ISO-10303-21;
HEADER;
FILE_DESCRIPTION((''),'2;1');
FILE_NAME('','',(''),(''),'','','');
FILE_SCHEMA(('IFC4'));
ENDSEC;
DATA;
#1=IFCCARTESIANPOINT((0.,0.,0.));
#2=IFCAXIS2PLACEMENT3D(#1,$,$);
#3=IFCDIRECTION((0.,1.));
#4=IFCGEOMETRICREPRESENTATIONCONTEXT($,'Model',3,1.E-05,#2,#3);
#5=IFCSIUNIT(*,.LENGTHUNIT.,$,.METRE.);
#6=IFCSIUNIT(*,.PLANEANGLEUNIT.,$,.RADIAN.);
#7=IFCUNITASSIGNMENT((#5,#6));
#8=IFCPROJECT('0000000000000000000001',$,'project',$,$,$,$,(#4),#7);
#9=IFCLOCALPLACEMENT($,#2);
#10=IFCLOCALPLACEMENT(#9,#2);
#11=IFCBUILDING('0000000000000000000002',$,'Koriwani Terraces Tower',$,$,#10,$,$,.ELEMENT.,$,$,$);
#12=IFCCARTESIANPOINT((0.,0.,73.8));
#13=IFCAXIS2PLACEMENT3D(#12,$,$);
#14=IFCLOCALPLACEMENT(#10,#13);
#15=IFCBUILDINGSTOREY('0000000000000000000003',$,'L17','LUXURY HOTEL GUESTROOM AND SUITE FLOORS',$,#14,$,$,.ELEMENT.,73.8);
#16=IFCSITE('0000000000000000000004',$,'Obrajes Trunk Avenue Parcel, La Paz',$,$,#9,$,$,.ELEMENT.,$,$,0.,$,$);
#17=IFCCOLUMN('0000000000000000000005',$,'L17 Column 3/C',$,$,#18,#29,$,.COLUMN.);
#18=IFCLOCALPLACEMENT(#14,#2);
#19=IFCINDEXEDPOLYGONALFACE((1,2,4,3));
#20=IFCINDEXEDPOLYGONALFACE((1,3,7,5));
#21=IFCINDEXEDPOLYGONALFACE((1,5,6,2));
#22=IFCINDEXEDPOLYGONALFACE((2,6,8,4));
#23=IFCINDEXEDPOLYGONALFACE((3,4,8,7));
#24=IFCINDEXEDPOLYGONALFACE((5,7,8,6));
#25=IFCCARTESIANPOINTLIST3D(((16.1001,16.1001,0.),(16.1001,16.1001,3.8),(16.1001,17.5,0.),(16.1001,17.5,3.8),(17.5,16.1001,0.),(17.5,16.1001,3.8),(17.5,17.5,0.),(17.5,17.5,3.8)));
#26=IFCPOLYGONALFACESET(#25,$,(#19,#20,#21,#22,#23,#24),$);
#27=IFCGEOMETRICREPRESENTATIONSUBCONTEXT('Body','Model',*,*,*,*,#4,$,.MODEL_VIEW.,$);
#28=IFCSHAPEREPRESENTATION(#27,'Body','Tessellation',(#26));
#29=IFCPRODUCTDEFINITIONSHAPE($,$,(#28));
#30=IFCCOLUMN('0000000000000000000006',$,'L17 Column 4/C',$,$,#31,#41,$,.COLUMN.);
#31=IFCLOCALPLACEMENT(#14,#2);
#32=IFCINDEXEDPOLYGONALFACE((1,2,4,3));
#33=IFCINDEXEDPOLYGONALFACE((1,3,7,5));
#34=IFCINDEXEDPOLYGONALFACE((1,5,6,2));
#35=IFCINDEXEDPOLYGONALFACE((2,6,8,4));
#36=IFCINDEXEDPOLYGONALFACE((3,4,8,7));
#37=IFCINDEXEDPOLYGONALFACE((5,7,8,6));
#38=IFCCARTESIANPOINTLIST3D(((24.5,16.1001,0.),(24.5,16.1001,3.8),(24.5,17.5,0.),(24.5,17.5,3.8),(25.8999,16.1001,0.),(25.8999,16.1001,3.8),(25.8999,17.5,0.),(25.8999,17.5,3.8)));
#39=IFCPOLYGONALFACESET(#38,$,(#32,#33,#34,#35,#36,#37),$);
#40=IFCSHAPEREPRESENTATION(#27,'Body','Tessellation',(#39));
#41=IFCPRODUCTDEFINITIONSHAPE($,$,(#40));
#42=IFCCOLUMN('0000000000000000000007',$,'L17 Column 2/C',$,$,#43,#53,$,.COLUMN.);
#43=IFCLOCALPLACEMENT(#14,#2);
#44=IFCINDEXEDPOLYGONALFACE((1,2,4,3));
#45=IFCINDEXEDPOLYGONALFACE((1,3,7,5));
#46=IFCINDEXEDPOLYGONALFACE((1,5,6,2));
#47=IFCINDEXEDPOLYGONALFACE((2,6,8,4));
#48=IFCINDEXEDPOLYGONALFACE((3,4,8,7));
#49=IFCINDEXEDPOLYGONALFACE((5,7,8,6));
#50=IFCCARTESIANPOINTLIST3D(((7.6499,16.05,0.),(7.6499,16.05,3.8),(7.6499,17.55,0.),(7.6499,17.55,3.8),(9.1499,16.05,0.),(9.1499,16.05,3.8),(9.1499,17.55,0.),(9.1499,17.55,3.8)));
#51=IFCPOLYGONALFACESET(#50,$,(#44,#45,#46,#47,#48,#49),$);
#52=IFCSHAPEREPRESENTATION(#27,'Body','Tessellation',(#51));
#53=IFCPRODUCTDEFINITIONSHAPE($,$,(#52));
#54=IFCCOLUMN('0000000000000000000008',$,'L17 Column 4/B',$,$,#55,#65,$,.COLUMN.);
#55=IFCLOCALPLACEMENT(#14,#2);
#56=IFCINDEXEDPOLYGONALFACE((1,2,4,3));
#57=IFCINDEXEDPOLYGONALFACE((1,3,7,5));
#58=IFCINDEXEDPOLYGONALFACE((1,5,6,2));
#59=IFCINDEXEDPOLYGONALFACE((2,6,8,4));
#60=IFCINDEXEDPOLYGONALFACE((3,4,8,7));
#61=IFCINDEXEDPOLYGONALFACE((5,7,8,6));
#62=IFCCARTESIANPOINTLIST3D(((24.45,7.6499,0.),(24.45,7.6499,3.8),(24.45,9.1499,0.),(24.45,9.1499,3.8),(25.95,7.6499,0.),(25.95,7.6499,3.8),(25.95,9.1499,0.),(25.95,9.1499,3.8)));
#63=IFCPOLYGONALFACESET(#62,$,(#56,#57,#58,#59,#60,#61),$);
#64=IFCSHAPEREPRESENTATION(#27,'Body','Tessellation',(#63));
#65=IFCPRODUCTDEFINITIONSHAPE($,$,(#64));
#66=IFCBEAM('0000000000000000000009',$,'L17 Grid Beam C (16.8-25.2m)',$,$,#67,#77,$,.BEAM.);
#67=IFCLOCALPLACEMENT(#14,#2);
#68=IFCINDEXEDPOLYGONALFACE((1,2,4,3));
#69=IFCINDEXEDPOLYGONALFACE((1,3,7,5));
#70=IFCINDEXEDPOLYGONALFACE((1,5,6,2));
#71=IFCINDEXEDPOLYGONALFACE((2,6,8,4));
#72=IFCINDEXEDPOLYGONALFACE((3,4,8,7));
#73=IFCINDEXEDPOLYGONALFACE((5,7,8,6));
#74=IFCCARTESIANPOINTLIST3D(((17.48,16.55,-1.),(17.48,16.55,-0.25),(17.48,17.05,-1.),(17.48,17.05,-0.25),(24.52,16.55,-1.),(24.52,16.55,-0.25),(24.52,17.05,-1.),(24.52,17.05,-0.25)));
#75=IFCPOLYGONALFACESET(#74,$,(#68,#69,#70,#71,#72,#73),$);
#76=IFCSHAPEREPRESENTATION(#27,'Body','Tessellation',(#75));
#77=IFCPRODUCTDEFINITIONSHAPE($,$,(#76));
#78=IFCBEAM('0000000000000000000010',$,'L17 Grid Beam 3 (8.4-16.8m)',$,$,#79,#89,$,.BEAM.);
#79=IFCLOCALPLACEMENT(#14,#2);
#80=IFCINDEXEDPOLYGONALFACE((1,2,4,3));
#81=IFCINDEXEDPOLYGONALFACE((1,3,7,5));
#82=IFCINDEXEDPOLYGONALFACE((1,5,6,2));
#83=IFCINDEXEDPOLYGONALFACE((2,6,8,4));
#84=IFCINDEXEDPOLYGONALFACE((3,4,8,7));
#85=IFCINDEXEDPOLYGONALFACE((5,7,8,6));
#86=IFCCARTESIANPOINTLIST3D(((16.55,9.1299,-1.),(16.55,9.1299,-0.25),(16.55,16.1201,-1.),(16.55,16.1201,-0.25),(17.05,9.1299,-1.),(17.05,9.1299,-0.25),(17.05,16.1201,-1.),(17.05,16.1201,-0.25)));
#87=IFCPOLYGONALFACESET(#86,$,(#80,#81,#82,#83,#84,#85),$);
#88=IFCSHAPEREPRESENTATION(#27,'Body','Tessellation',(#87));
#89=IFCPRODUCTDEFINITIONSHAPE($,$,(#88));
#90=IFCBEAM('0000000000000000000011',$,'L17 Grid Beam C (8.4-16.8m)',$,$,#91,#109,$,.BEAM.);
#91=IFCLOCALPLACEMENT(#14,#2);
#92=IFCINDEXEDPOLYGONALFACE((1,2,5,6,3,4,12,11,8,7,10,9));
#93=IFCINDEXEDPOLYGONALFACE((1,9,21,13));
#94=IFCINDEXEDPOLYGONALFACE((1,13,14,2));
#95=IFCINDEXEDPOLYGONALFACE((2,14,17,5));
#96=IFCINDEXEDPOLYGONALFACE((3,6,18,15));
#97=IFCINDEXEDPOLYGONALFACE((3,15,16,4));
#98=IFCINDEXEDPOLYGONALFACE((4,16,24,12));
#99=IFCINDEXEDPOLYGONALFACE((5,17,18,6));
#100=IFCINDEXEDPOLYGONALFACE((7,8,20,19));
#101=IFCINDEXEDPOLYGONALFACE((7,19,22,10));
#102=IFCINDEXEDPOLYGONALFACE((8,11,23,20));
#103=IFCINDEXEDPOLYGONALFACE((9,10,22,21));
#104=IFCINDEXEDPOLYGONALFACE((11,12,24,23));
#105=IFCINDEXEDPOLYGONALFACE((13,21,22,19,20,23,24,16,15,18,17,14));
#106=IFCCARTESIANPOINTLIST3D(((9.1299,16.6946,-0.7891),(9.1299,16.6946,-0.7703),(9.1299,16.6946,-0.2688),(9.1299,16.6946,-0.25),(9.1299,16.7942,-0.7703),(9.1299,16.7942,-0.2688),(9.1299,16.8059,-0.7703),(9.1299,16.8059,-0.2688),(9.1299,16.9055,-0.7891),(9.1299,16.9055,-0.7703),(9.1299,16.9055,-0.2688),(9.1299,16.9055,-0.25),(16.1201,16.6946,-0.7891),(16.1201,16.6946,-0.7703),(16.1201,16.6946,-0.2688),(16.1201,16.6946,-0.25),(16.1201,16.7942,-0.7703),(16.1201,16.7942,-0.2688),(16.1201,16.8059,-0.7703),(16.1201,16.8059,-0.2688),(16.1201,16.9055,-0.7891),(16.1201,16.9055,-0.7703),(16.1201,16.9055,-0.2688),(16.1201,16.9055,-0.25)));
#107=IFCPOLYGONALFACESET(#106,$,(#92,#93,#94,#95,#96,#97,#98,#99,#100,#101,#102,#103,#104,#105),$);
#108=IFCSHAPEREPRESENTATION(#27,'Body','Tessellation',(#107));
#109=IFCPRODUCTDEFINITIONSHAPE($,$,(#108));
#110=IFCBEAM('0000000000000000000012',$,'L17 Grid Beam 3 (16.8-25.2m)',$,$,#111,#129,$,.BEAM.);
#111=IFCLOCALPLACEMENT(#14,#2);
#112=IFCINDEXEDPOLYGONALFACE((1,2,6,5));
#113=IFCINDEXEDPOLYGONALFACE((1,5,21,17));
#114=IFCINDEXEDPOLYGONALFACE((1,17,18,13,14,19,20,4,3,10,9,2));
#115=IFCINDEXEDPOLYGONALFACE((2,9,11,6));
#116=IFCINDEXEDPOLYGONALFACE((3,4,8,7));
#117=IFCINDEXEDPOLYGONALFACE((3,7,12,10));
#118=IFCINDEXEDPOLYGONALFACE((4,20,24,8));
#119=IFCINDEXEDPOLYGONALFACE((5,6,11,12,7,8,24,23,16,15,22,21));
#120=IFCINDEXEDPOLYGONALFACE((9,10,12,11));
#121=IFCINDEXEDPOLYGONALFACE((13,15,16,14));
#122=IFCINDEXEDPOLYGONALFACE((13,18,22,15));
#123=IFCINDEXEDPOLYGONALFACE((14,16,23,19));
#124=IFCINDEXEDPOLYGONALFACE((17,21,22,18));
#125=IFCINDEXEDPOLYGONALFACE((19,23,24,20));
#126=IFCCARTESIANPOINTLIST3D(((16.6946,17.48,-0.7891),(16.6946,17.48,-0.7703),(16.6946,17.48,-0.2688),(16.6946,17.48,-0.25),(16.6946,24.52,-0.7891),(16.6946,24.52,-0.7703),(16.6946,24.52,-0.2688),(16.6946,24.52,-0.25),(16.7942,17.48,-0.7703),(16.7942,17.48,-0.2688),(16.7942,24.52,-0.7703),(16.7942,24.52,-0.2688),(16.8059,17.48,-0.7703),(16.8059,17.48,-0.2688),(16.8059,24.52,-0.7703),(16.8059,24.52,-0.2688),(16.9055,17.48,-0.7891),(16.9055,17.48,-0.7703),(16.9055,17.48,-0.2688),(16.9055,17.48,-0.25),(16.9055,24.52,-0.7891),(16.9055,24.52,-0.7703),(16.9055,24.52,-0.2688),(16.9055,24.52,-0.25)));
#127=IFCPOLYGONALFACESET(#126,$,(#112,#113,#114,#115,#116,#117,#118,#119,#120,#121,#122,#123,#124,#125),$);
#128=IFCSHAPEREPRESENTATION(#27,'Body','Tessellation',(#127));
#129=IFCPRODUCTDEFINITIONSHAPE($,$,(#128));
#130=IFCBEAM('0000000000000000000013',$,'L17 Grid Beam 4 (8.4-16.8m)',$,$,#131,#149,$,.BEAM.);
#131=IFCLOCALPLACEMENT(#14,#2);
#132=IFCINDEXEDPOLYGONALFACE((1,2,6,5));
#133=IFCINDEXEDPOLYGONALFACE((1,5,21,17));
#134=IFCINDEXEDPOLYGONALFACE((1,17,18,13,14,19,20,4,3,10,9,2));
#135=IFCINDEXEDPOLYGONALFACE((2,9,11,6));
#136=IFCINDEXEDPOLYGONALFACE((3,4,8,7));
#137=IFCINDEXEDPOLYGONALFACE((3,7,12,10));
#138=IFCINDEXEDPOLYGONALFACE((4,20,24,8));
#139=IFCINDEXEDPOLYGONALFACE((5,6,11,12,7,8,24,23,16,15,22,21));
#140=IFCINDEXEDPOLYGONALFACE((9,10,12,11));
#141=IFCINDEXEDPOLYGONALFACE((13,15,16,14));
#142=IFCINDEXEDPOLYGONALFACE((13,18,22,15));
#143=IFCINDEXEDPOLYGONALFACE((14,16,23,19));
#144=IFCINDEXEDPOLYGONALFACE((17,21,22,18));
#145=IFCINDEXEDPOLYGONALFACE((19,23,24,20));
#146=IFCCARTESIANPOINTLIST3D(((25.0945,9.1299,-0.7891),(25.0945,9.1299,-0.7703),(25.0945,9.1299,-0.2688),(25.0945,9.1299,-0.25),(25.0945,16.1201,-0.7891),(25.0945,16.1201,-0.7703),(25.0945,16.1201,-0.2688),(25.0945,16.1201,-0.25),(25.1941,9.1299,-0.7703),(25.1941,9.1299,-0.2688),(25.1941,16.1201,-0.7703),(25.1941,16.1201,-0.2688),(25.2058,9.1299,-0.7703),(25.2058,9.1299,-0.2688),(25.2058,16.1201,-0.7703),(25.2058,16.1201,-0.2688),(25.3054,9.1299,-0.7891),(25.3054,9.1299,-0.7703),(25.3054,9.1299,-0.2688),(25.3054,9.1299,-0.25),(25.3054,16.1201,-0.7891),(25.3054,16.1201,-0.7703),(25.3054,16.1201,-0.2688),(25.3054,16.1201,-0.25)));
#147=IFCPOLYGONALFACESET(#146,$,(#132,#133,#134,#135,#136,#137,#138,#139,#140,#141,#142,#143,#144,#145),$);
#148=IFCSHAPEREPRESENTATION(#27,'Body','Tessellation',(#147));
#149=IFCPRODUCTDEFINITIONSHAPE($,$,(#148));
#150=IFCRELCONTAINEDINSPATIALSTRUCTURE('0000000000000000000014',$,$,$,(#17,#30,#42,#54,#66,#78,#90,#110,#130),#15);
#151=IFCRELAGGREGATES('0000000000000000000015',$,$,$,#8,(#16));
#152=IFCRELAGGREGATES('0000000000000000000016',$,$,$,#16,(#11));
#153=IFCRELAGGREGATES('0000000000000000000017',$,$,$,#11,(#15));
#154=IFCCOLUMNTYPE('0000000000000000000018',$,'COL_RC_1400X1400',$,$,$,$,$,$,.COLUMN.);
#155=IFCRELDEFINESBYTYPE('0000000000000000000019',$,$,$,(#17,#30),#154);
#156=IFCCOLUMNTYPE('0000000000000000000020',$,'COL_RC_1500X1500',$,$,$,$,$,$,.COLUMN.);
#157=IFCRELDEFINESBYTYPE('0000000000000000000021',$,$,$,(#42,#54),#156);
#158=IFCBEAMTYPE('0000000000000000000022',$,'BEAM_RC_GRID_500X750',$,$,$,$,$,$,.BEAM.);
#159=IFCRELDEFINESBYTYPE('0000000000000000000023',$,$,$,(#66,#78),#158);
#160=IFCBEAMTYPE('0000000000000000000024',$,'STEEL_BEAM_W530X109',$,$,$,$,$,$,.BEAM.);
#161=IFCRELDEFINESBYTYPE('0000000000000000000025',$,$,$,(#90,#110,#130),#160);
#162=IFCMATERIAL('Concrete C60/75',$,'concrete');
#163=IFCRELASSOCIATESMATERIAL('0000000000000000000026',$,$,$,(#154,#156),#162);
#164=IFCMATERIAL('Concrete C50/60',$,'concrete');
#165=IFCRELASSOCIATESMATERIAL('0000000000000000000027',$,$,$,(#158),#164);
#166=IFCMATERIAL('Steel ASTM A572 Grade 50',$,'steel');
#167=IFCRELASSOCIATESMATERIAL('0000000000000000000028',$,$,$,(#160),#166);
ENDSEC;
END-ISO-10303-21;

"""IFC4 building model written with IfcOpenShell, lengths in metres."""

from ifc_helpers import new_model, si_unit, direction, frame, origin, origin_2d, place, context, subcontext, project, spatial, rectangle, i_section, extrude, material, material_profile, profile_set, type_object, element, save


model = new_model("IFC4")

# Units and contexts
model_context = context("Model", 3, precision=1e-05, world=origin(), true_north=direction((0.0, 1.0)))
body_context = subcontext(model_context, "Body", "Model", "MODEL_VIEW")
ifc_project = project(units=[si_unit("LENGTHUNIT", "METRE"), si_unit("PLANEANGLEUNIT", "RADIAN")], contexts=[model_context])

# Site, building, storey
site_placement = place(None, origin())
site = spatial("IfcSite", under=ifc_project, at=site_placement, Name="Obrajes Trunk Avenue Parcel, La Paz", CompositionType="ELEMENT", RefElevation=0.0)
building_placement = place(site_placement, origin())
building = spatial("IfcBuilding", under=site, at=building_placement, Name="Koriwani Terraces Tower", CompositionType="ELEMENT")
storey_placement = place(building_placement, frame((0.0, 0.0, 73.8)))
storey = spatial("IfcBuildingStorey", under=building, at=storey_placement, Name="L17", Description="LUXURY HOTEL GUESTROOM AND SUITE FLOORS", CompositionType="ELEMENT", Elevation=73.8)

# Columns
ifc_material_1 = material(Name="Concrete C60/75", Category="concrete")
ifc_material_profile_1 = material_profile(ifc_material_1, rectangle(XDim=1.3999, YDim=1.3999, at=origin_2d()), Name="Concrete C60/75", Category="LoadBearing")
ifc_profile_set_1 = profile_set([ifc_material_profile_1], Name="Concrete C60/75")
column_type_1 = type_object("IfcColumnType", Name="COL_RC_1400X1400", PredefinedType="COLUMN", material=ifc_profile_set_1)
for number, where, z_axis, x_axis, name in (
    (1, (16.8, 16.8, 0.0), (0.0, 0.0, 1.0), (1.0, 0.0, 0.0), "L17 Column 3/C"),
    (2, (25.2, 16.8, 0.0), (0.0, 0.0, 1.0), (1.0, 0.0, 0.0), "L17 Column 4/C"),
):
    element("IfcColumn", number, at=place(storey_placement, frame(where, z_axis=z_axis, x_axis=x_axis)), inside=storey, type_object=column_type_1, Name=name, PredefinedType="COLUMN", context=body_context, shape_type="SweptSolid", body=[
        extrude(rectangle(XDim=1.3999, YDim=1.3999, at=origin_2d()), origin(), (0.0, 0.0, 1.0), 3.8),
    ])
ifc_material_profile_2 = material_profile(ifc_material_1, rectangle(XDim=1.5, YDim=1.5, at=origin_2d()), Name="Concrete C60/75", Category="LoadBearing")
ifc_profile_set_2 = profile_set([ifc_material_profile_2], Name="Concrete C60/75")
column_type_2 = type_object("IfcColumnType", Name="COL_RC_1500X1500", PredefinedType="COLUMN", material=ifc_profile_set_2)
for number, where, z_axis, x_axis, name in (
    (3, (8.3999, 16.8, 0.0), (0.0, 0.0, 1.0), (1.0, 0.0, 0.0), "L17 Column 2/C"),
    (4, (25.2, 8.3999, 0.0), (0.0, 0.0, 1.0), (1.0, 0.0, 0.0), "L17 Column 4/B"),
):
    element("IfcColumn", number, at=place(storey_placement, frame(where, z_axis=z_axis, x_axis=x_axis)), inside=storey, type_object=column_type_2, Name=name, PredefinedType="COLUMN", context=body_context, shape_type="SweptSolid", body=[
        extrude(rectangle(XDim=1.5, YDim=1.5, at=origin_2d()), origin(), (0.0, 0.0, 1.0), 3.8),
    ])

# Beams
ifc_material_2 = material(Name="Concrete C50/60", Category="concrete")
ifc_material_profile_3 = material_profile(ifc_material_2, rectangle(XDim=0.5, YDim=0.75, at=origin_2d()), Name="Concrete C50/60", Category="LoadBearing")
ifc_profile_set_3 = profile_set([ifc_material_profile_3], Name="Concrete C50/60")
beam_type_1 = type_object("IfcBeamType", Name="BEAM_RC_GRID_500X750", PredefinedType="BEAM", material=ifc_profile_set_3)
beam_1_placement = place(storey_placement, frame((17.48, 16.8, -0.625), z_axis=(1.0, 0.0, 0.0), x_axis=(0.0, 1.0, 0.0)))
element("IfcBeam", 5, at=beam_1_placement, inside=storey, type_object=beam_type_1, Name="L17 Grid Beam C (16.8-25.2m)", PredefinedType="BEAM", context=body_context, shape_type="SweptSolid", body=[
    extrude(rectangle(XDim=0.5, YDim=0.75, at=origin_2d()), origin(), (0.0, 0.0, 1.0), 7.04),
])
beam_2_placement = place(storey_placement, frame((16.8, 9.1299, -0.625), z_axis=(0.0, 1.0, 0.0), x_axis=(-1.0, 0.0, 0.0)))
element("IfcBeam", 6, at=beam_2_placement, inside=storey, type_object=beam_type_1, Name="L17 Grid Beam 3 (8.4-16.8m)", PredefinedType="BEAM", context=body_context, shape_type="SweptSolid", body=[
    extrude(rectangle(XDim=0.5, YDim=0.75, at=origin_2d()), origin(), (0.0, 0.0, 1.0), 6.9902),
])
ifc_material_3 = material(Name="Steel ASTM A572 Grade 50", Category="steel")
ifc_material_profile_4 = material_profile(ifc_material_3, i_section(OverallWidth=0.2109, OverallDepth=0.5391, WebThickness=0.0117, FlangeThickness=0.0188, at=origin_2d()), Name="Steel ASTM A572 Grade 50", Category="LoadBearing")
ifc_profile_set_4 = profile_set([ifc_material_profile_4], Name="Steel ASTM A572 Grade 50")
beam_type_2 = type_object("IfcBeamType", Name="STEEL_BEAM_W530X109", PredefinedType="BEAM", material=ifc_profile_set_4)
beam_3_placement = place(storey_placement, frame((9.1299, 16.8, -0.5195), z_axis=(1.0, 0.0, 0.0), x_axis=(0.0, 1.0, 0.0)))
element("IfcBeam", 7, at=beam_3_placement, inside=storey, type_object=beam_type_2, Name="L17 Grid Beam C (8.4-16.8m)", PredefinedType="BEAM", context=body_context, shape_type="SweptSolid", body=[
    extrude(i_section(OverallWidth=0.2109, OverallDepth=0.5391, WebThickness=0.0117, FlangeThickness=0.0188, at=origin_2d()), origin(), (0.0, 0.0, 1.0), 6.9902),
])
beam_4_placement = place(storey_placement, frame((16.8, 17.48, -0.5195), z_axis=(0.0, 1.0, 0.0), x_axis=(-1.0, 0.0, 0.0)))
element("IfcBeam", 8, at=beam_4_placement, inside=storey, type_object=beam_type_2, Name="L17 Grid Beam 3 (16.8-25.2m)", PredefinedType="BEAM", context=body_context, shape_type="SweptSolid", body=[
    extrude(i_section(OverallWidth=0.2109, OverallDepth=0.5391, WebThickness=0.0117, FlangeThickness=0.0188, at=origin_2d()), origin(), (0.0, 0.0, 1.0), 7.04),
])
beam_5_placement = place(storey_placement, frame((25.2, 9.1299, -0.5195), z_axis=(0.0, 1.0, 0.0), x_axis=(-1.0, 0.0, 0.0)))
element("IfcBeam", 9, at=beam_5_placement, inside=storey, type_object=beam_type_2, Name="L17 Grid Beam 4 (8.4-16.8m)", PredefinedType="BEAM", context=body_context, shape_type="SweptSolid", body=[
    extrude(i_section(OverallWidth=0.2109, OverallDepth=0.5391, WebThickness=0.0117, FlangeThickness=0.0188, at=origin_2d()), origin(), (0.0, 0.0, 1.0), 6.9902),
])

save(model, "model.ifc")
